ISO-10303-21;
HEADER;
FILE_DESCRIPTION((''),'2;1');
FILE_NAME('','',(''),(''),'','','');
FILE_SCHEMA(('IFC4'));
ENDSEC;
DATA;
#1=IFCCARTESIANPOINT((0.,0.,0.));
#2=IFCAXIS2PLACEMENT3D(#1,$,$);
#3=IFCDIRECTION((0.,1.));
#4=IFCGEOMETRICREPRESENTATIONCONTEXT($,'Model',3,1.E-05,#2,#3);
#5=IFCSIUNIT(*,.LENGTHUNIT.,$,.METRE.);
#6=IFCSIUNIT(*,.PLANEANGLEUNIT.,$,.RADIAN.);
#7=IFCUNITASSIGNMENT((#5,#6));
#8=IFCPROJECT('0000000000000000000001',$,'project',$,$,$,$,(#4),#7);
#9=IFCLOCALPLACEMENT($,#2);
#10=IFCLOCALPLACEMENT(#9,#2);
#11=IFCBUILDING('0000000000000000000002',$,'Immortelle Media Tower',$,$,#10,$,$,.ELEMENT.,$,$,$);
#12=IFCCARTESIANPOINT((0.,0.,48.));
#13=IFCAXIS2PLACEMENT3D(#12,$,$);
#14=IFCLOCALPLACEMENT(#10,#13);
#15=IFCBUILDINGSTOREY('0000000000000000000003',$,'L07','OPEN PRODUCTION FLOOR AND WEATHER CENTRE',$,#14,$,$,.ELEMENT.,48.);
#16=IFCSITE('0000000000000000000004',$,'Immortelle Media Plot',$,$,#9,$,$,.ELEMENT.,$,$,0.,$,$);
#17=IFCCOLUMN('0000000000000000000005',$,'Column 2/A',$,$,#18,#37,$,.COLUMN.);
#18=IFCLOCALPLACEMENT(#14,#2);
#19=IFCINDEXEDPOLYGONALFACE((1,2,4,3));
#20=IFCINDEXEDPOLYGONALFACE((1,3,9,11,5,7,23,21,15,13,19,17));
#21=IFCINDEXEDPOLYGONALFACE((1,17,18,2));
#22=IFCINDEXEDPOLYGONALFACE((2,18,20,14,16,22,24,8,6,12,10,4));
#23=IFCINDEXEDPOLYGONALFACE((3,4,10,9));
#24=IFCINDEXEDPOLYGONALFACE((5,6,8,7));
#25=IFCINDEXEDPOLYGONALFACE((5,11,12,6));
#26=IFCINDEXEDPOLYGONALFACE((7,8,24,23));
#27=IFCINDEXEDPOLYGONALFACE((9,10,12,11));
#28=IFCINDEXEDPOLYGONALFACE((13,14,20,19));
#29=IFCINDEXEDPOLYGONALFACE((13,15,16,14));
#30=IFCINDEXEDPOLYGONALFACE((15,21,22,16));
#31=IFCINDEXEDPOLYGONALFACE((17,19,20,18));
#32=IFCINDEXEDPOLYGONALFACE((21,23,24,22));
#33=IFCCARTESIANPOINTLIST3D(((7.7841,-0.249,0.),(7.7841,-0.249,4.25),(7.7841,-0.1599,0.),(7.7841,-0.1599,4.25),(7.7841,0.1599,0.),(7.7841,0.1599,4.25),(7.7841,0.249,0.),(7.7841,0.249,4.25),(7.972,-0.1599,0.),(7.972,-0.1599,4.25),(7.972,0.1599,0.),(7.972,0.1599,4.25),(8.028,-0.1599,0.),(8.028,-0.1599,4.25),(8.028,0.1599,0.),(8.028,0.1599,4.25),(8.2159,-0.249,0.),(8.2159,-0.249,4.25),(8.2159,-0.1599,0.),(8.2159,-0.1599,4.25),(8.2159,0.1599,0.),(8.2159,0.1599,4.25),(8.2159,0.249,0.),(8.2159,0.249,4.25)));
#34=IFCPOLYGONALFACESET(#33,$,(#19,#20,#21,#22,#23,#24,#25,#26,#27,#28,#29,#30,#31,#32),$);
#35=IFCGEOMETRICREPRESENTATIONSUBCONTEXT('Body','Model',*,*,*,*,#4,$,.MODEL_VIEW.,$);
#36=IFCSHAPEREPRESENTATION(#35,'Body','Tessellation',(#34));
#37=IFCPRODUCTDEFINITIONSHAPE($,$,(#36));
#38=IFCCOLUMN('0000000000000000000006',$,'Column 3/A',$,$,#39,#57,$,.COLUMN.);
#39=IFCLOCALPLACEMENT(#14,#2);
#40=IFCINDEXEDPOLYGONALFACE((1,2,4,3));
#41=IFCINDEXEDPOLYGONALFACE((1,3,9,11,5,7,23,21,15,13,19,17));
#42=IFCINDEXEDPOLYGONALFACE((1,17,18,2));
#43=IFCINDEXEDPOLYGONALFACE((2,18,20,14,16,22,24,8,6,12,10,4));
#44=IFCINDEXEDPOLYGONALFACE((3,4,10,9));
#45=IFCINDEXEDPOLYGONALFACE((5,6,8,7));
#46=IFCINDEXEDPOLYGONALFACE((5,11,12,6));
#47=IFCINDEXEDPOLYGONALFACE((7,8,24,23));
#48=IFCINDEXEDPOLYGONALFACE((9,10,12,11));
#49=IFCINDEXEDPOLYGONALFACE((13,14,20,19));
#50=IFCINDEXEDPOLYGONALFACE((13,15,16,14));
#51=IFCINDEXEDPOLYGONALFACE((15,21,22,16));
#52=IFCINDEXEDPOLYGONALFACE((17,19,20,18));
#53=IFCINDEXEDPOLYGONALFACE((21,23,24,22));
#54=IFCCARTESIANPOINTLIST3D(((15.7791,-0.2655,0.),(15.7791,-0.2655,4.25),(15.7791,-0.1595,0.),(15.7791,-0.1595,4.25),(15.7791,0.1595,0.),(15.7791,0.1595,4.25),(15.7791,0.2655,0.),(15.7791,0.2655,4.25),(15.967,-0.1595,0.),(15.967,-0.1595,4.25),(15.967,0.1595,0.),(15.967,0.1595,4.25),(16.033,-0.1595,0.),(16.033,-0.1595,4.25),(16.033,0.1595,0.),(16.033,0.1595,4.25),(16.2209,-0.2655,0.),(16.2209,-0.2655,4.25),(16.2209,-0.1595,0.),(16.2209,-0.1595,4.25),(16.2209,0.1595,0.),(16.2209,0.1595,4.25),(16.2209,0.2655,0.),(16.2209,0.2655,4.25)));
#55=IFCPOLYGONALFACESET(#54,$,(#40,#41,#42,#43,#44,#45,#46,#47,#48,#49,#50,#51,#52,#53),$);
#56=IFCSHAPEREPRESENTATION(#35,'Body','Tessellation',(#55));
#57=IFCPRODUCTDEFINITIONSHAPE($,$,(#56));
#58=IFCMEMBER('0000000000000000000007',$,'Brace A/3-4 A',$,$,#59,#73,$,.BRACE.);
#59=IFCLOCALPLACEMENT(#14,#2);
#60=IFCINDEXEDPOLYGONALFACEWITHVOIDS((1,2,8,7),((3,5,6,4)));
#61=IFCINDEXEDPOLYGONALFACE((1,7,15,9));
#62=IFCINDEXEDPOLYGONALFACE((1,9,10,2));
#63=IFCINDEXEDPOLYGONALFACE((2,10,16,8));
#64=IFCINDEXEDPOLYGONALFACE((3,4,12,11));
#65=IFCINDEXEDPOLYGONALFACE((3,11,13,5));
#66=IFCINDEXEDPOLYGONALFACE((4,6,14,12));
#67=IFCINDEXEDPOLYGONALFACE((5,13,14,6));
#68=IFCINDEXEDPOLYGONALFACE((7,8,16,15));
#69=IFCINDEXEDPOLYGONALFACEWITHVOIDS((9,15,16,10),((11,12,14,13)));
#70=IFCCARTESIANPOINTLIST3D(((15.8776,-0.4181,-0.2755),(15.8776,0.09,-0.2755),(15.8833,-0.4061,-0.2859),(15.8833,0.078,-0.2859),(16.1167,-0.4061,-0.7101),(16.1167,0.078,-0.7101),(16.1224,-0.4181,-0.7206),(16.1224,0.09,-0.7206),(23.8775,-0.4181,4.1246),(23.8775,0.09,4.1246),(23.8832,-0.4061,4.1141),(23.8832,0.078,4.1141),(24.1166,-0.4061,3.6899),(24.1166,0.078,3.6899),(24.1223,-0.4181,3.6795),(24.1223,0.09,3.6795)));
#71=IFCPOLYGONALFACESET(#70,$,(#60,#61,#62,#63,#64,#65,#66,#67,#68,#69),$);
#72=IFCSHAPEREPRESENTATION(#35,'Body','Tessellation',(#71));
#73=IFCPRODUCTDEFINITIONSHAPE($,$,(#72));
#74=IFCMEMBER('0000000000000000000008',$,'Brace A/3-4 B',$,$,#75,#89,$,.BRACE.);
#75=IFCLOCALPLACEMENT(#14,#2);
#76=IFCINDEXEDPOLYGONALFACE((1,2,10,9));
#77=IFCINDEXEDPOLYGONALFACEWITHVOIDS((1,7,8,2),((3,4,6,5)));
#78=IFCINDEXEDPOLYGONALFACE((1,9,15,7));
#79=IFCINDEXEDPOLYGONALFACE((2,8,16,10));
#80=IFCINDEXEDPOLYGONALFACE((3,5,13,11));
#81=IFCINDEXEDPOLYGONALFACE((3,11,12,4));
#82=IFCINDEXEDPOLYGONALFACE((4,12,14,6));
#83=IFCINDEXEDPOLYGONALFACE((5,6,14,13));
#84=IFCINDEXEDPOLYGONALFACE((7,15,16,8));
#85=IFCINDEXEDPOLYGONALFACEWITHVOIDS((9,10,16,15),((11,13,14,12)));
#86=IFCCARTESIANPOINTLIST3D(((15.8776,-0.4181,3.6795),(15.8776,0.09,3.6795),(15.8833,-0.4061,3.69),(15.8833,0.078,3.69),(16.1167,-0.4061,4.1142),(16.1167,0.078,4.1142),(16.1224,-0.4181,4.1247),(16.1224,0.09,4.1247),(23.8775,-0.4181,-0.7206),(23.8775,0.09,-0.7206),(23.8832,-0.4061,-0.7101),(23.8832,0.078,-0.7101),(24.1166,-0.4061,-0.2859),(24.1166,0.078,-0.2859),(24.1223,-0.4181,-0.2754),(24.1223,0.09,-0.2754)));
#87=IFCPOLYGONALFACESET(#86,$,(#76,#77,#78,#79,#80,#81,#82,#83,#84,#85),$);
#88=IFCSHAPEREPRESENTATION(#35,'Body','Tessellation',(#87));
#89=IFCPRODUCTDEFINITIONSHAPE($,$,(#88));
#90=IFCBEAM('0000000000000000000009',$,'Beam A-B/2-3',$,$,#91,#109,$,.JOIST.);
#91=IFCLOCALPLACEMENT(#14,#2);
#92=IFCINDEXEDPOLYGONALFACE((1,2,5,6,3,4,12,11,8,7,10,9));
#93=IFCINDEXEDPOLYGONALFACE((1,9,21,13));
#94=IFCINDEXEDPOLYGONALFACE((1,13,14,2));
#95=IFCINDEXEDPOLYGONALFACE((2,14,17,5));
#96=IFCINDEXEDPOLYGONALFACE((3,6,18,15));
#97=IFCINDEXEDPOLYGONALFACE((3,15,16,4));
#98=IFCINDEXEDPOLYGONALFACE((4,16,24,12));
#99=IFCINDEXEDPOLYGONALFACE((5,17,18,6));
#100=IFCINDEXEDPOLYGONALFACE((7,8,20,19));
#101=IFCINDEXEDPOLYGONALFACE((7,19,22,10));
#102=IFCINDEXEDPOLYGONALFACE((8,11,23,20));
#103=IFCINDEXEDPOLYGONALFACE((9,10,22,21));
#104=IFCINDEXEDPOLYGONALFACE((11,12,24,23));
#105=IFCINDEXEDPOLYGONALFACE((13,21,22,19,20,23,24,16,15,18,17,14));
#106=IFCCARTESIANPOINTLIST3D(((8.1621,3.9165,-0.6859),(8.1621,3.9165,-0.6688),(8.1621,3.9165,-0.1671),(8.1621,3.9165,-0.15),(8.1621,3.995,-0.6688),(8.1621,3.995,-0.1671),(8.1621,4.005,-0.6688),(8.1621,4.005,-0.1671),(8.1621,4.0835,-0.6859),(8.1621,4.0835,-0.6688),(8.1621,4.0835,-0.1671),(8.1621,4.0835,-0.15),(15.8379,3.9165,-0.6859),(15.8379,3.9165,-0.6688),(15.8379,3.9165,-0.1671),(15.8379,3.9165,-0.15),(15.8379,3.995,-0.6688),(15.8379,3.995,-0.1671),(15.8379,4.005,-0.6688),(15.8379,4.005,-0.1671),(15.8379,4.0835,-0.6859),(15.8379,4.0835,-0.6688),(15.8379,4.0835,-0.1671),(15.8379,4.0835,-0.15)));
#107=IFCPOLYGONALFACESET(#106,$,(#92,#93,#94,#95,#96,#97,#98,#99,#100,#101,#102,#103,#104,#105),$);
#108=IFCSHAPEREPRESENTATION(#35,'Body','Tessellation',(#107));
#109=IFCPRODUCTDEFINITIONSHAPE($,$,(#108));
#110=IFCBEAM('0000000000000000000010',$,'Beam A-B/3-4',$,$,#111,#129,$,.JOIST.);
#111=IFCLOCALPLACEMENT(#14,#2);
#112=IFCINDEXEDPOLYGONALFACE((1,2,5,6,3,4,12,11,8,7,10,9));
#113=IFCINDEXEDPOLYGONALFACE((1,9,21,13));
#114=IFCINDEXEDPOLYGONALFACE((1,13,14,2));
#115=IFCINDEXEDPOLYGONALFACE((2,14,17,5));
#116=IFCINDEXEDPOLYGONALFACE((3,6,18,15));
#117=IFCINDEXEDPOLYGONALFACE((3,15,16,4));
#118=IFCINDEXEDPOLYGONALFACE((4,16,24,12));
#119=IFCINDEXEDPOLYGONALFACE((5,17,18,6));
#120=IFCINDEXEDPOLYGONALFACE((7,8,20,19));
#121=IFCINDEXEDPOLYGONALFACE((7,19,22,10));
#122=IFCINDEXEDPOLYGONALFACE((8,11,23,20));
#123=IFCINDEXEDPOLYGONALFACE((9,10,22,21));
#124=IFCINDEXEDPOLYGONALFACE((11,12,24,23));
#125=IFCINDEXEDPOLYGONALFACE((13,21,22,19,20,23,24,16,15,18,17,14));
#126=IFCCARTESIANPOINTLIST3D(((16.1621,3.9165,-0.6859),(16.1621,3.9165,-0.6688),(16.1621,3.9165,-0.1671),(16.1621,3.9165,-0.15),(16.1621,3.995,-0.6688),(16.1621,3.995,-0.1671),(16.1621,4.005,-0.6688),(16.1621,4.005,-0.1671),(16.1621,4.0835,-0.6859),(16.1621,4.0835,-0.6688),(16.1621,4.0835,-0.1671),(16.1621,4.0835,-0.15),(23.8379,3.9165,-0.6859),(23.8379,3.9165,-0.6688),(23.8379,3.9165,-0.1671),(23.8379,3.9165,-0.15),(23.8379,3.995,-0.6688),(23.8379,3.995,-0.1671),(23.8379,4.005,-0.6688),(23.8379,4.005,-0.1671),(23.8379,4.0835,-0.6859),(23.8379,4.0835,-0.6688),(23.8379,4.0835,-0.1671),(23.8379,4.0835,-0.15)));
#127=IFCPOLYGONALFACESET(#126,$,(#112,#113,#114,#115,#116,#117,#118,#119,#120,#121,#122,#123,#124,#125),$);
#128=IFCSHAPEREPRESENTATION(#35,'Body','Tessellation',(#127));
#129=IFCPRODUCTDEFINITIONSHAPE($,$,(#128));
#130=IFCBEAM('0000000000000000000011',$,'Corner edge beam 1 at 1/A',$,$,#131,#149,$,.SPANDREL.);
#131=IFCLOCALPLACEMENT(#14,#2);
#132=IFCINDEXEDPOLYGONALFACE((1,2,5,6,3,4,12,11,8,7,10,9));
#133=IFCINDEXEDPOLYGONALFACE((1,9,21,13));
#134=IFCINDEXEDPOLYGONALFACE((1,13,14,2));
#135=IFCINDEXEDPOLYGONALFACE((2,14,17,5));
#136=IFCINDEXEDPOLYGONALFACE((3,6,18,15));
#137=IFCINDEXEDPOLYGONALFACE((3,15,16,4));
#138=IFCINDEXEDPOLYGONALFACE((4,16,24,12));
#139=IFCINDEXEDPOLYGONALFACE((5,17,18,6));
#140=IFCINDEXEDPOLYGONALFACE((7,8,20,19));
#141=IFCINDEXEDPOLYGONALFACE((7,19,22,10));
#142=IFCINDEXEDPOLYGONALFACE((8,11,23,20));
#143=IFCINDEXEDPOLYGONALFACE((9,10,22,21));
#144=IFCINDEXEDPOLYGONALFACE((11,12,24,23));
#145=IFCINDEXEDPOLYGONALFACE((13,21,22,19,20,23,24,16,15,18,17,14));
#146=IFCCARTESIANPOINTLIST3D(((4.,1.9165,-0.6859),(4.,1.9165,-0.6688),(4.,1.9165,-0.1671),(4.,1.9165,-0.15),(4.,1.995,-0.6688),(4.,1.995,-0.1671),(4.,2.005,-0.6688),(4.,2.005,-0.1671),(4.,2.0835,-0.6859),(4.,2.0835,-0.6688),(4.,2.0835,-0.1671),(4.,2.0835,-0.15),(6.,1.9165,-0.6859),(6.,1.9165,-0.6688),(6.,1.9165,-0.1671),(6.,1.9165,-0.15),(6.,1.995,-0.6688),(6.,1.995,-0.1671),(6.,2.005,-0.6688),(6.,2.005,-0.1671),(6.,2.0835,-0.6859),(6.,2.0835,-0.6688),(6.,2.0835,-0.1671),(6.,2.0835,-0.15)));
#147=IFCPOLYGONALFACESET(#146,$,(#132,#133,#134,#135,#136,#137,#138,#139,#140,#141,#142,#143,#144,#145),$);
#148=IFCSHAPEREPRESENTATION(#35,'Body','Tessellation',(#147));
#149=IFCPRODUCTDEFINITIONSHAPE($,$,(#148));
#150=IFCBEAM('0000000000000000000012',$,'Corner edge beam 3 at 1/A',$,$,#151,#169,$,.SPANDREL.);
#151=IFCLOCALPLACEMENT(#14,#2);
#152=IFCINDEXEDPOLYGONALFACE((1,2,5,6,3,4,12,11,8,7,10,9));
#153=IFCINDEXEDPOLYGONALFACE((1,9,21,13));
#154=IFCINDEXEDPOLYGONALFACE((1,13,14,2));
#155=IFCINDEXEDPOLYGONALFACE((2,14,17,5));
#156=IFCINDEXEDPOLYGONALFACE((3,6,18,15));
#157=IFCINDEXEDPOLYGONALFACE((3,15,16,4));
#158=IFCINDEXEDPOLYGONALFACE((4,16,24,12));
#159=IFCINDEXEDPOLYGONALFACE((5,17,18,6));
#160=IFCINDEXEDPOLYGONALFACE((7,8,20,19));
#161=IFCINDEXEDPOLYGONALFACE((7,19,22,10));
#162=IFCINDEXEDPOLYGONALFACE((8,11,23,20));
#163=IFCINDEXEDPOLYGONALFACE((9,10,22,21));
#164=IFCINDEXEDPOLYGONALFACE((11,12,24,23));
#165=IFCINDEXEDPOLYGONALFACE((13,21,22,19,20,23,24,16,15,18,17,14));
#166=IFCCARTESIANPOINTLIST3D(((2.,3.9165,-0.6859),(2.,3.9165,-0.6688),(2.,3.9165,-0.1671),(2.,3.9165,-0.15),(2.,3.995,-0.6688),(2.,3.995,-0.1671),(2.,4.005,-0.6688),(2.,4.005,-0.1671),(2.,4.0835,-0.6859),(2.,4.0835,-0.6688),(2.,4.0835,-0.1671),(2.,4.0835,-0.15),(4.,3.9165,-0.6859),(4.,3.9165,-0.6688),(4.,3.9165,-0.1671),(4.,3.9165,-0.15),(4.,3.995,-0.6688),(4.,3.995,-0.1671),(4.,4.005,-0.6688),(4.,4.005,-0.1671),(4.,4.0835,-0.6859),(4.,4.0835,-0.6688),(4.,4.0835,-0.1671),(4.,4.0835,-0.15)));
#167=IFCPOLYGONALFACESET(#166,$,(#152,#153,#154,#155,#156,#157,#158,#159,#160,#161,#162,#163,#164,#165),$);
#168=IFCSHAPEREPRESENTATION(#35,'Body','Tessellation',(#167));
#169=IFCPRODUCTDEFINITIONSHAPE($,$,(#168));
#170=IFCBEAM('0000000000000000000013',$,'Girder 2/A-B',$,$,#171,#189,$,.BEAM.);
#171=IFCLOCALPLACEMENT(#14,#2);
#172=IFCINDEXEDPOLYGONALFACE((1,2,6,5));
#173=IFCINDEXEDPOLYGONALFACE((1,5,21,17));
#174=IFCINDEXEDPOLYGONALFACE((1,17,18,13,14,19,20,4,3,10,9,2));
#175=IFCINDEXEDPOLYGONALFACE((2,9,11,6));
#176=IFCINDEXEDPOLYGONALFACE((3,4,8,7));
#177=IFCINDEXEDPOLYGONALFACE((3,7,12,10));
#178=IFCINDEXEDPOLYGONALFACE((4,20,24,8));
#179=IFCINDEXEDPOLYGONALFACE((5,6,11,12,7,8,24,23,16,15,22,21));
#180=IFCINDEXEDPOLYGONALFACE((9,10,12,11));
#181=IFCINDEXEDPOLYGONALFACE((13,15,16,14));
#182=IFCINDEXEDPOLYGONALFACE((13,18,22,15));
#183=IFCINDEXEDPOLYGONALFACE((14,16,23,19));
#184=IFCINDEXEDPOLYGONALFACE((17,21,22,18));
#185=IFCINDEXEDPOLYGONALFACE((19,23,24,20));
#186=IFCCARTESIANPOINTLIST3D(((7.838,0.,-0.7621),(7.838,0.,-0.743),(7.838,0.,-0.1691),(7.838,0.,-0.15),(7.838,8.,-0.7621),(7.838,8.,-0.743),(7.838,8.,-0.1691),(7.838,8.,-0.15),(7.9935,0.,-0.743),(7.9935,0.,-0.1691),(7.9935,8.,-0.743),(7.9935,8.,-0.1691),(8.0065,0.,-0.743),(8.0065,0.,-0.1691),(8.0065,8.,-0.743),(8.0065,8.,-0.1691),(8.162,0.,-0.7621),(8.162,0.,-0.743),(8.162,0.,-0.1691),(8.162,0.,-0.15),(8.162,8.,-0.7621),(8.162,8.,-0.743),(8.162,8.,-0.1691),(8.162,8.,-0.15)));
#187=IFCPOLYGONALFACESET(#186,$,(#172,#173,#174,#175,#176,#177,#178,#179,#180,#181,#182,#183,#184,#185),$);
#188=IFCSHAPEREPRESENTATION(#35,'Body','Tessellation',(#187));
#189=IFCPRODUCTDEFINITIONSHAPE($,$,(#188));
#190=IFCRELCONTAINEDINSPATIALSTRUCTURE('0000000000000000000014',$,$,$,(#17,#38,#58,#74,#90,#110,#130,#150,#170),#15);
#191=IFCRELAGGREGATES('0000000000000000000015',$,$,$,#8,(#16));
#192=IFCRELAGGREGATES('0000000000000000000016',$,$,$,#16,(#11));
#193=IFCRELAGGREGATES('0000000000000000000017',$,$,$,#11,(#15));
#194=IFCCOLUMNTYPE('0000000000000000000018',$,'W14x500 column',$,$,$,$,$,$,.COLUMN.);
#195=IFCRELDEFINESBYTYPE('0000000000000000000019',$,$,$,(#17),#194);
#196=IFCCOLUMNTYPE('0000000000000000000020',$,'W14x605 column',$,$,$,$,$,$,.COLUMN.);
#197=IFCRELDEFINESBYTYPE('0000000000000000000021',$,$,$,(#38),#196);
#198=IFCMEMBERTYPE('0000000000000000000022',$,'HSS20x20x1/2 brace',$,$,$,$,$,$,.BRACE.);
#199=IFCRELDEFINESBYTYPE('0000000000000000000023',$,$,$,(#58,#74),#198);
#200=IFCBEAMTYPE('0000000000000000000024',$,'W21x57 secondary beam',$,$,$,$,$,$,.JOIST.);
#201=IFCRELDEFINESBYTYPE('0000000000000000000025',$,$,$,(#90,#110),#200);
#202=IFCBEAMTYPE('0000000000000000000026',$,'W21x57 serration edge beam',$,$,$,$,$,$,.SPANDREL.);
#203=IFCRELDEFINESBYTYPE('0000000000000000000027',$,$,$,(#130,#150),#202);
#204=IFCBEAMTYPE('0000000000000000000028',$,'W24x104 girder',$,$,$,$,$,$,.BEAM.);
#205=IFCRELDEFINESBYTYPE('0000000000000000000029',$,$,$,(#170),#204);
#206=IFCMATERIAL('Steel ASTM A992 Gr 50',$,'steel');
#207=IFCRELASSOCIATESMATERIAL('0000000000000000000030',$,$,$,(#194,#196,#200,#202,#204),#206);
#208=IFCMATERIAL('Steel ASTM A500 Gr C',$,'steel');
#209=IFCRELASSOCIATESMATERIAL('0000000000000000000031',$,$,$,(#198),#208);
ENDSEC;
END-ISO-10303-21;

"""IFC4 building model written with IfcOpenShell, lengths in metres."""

from ifc_helpers import new_model, si_unit, direction, frame, origin, origin_2d, place, context, subcontext, project, spatial, hollow_rectangle, i_section, extrude, material, material_profile, profile_set, type_object, element, save


model = new_model("IFC4")

# Units and contexts
model_context = context("Model", 3, precision=1e-05, world=origin(), true_north=direction((0.0, 1.0)))
body_context = subcontext(model_context, "Body", "Model", "MODEL_VIEW")
ifc_project = project(units=[si_unit("LENGTHUNIT", "METRE"), si_unit("PLANEANGLEUNIT", "RADIAN")], contexts=[model_context])

# Site, building, storey
site_placement = place(None, origin())
site = spatial("IfcSite", under=ifc_project, at=site_placement, Name="Immortelle Media Plot", CompositionType="ELEMENT", RefElevation=0.0)
building_placement = place(site_placement, origin())
building = spatial("IfcBuilding", under=site, at=building_placement, Name="Immortelle Media Tower", CompositionType="ELEMENT")
storey_placement = place(building_placement, frame((0.0, 0.0, 48.0)))
storey = spatial("IfcBuildingStorey", under=building, at=storey_placement, Name="L07", Description="OPEN PRODUCTION FLOOR AND WEATHER CENTRE", CompositionType="ELEMENT", Elevation=48.0)

# Columns
ifc_material_1 = material(Name="Steel ASTM A992 Gr 50", Category="steel")
ifc_material_profile_1 = material_profile(ifc_material_1, i_section(OverallWidth=0.4319, OverallDepth=0.498, WebThickness=0.0559, FlangeThickness=0.0891, at=origin_2d()), Name="W14x500")
ifc_profile_set_1 = profile_set([ifc_material_profile_1], Name="Steel ASTM A992 Gr 50")
column_type_1 = type_object("IfcColumnType", Name="W14x500 column", PredefinedType="COLUMN", material=ifc_profile_set_1)
column_1_placement = place(storey_placement, frame((8.0, 0.0, 0.0), z_axis=(0.0, 0.0, 1.0), x_axis=(1.0, 0.0, 0.0)))
element("IfcColumn", 1, at=column_1_placement, inside=storey, type_object=column_type_1, Name="Column 2/A", PredefinedType="COLUMN", context=body_context, shape_type="SweptSolid", body=[
    extrude(i_section(OverallWidth=0.4319, OverallDepth=0.498, WebThickness=0.0559, FlangeThickness=0.0891, at=origin_2d()), origin(), (0.0, 0.0, 1.0), 4.25),
])
ifc_material_profile_2 = material_profile(ifc_material_1, i_section(OverallWidth=0.4419, OverallDepth=0.531, WebThickness=0.0659, FlangeThickness=0.106, at=origin_2d()), Name="W14x605")
ifc_profile_set_2 = profile_set([ifc_material_profile_2], Name="Steel ASTM A992 Gr 50")
column_type_2 = type_object("IfcColumnType", Name="W14x605 column", PredefinedType="COLUMN", material=ifc_profile_set_2)
column_2_placement = place(storey_placement, frame((16.0, 0.0, 0.0), z_axis=(0.0, 0.0, 1.0), x_axis=(1.0, 0.0, 0.0)))
element("IfcColumn", 2, at=column_2_placement, inside=storey, type_object=column_type_2, Name="Column 3/A", PredefinedType="COLUMN", context=body_context, shape_type="SweptSolid", body=[
    extrude(i_section(OverallWidth=0.4419, OverallDepth=0.531, WebThickness=0.0659, FlangeThickness=0.106, at=origin_2d()), origin(), (0.0, 0.0, 1.0), 4.25),
])

# Members
ifc_material_2 = material(Name="Steel ASTM A500 Gr C", Category="steel")
ifc_material_profile_3 = material_profile(ifc_material_2, hollow_rectangle(XDim=0.5081, YDim=0.5081, WallThickness=0.012, at=origin_2d()), Name="HSS20x20x1/2 brace")
ifc_profile_set_3 = profile_set([ifc_material_profile_3], Name="Steel ASTM A500 Gr C")
member_type = type_object("IfcMemberType", Name="HSS20x20x1/2 brace", PredefinedType="BRACE", material=ifc_profile_set_3)
for number, where, z_axis, x_axis, name in (
    (3, (16.0, -0.1641, -0.498), (0.876209, 0.0, 0.481931), (0.0, 1.0, 0.0), "Brace A/3-4 A"),
    (4, (16.0, -0.1641, 3.9021), (0.876209, 0.0, -0.481931), (0.0, 1.0, 0.0), "Brace A/3-4 B"),
):
    element("IfcMember", number, at=place(storey_placement, frame(where, z_axis=z_axis, x_axis=x_axis)), inside=storey, type_object=member_type, Name=name, PredefinedType="BRACE", context=body_context, shape_type="SweptSolid", body=[
        extrude(hollow_rectangle(XDim=0.5081, YDim=0.5081, WallThickness=0.012, at=origin_2d()), origin(), (0.0, 0.0, 1.0), 9.1301),
    ])

# Beams
ifc_material_profile_4 = material_profile(ifc_material_1, i_section(OverallWidth=0.167, OverallDepth=0.5359, WebThickness=0.01, FlangeThickness=0.0171, at=origin_2d()), Name="W21x57")
ifc_profile_set_4 = profile_set([ifc_material_profile_4], Name="Steel ASTM A992 Gr 50")
beam_type_1 = type_object("IfcBeamType", Name="W21x57 secondary beam", PredefinedType="JOIST", material=ifc_profile_set_4)
for number, where, z_axis, x_axis, name in (
    (5, (8.1621, 4.0, -0.418), (1.0, 0.0, 0.0), (0.0, 1.0, 0.0), "Beam A-B/2-3"),
    (6, (16.1621, 4.0, -0.418), (1.0, 0.0, 0.0), (0.0, 1.0, 0.0), "Beam A-B/3-4"),
):
    element("IfcBeam", number, at=place(storey_placement, frame(where, z_axis=z_axis, x_axis=x_axis)), inside=storey, type_object=beam_type_1, Name=name, PredefinedType="JOIST", context=body_context, shape_type="SweptSolid", body=[
        extrude(i_section(OverallWidth=0.167, OverallDepth=0.5359, WebThickness=0.01, FlangeThickness=0.0171, at=origin_2d()), origin(), (0.0, 0.0, 1.0), 7.6758),
    ])
ifc_material_profile_5 = material_profile(ifc_material_1, i_section(OverallWidth=0.167, OverallDepth=0.5359, WebThickness=0.01, FlangeThickness=0.0171, at=origin_2d()), Name="W21x57")
ifc_profile_set_5 = profile_set([ifc_material_profile_5], Name="Steel ASTM A992 Gr 50")
beam_type_2 = type_object("IfcBeamType", Name="W21x57 serration edge beam", PredefinedType="SPANDREL", material=ifc_profile_set_5)
for number, where, z_axis, x_axis, name in (
    (7, (6.0, 2.0, -0.418), (-1.0, 0.0, 0.0), (0.0, -1.0, 0.0), "Corner edge beam 1 at 1/A"),
    (8, (4.0, 4.0, -0.418), (-1.0, 0.0, 0.0), (0.0, -1.0, 0.0), "Corner edge beam 3 at 1/A"),
):
    element("IfcBeam", number, at=place(storey_placement, frame(where, z_axis=z_axis, x_axis=x_axis)), inside=storey, type_object=beam_type_2, Name=name, PredefinedType="SPANDREL", context=body_context, shape_type="SweptSolid", body=[
        extrude(i_section(OverallWidth=0.167, OverallDepth=0.5359, WebThickness=0.01, FlangeThickness=0.0171, at=origin_2d()), origin(), (0.0, 0.0, 1.0), 2.0),
    ])
ifc_material_profile_6 = material_profile(ifc_material_1, i_section(OverallWidth=0.324, OverallDepth=0.6121, WebThickness=0.0129, FlangeThickness=0.019, at=origin_2d()), Name="W24x104")
ifc_profile_set_6 = profile_set([ifc_material_profile_6], Name="Steel ASTM A992 Gr 50")
beam_type_3 = type_object("IfcBeamType", Name="W24x104 girder", PredefinedType="BEAM", material=ifc_profile_set_6)
for number, where, z_axis, x_axis, name in (
    (9, (8.0, 0.0, -0.4561), (0.0, 1.0, 0.0), (-1.0, 0.0, 0.0), "Girder 2/A-B"),
):
    element("IfcBeam", number, at=place(storey_placement, frame(where, z_axis=z_axis, x_axis=x_axis)), inside=storey, type_object=beam_type_3, Name=name, PredefinedType="BEAM", context=body_context, shape_type="SweptSolid", body=[
        extrude(i_section(OverallWidth=0.324, OverallDepth=0.6121, WebThickness=0.0129, FlangeThickness=0.019, at=origin_2d()), origin(), (0.0, 0.0, 1.0), 8.0),
    ])

save(model, "model.ifc")
